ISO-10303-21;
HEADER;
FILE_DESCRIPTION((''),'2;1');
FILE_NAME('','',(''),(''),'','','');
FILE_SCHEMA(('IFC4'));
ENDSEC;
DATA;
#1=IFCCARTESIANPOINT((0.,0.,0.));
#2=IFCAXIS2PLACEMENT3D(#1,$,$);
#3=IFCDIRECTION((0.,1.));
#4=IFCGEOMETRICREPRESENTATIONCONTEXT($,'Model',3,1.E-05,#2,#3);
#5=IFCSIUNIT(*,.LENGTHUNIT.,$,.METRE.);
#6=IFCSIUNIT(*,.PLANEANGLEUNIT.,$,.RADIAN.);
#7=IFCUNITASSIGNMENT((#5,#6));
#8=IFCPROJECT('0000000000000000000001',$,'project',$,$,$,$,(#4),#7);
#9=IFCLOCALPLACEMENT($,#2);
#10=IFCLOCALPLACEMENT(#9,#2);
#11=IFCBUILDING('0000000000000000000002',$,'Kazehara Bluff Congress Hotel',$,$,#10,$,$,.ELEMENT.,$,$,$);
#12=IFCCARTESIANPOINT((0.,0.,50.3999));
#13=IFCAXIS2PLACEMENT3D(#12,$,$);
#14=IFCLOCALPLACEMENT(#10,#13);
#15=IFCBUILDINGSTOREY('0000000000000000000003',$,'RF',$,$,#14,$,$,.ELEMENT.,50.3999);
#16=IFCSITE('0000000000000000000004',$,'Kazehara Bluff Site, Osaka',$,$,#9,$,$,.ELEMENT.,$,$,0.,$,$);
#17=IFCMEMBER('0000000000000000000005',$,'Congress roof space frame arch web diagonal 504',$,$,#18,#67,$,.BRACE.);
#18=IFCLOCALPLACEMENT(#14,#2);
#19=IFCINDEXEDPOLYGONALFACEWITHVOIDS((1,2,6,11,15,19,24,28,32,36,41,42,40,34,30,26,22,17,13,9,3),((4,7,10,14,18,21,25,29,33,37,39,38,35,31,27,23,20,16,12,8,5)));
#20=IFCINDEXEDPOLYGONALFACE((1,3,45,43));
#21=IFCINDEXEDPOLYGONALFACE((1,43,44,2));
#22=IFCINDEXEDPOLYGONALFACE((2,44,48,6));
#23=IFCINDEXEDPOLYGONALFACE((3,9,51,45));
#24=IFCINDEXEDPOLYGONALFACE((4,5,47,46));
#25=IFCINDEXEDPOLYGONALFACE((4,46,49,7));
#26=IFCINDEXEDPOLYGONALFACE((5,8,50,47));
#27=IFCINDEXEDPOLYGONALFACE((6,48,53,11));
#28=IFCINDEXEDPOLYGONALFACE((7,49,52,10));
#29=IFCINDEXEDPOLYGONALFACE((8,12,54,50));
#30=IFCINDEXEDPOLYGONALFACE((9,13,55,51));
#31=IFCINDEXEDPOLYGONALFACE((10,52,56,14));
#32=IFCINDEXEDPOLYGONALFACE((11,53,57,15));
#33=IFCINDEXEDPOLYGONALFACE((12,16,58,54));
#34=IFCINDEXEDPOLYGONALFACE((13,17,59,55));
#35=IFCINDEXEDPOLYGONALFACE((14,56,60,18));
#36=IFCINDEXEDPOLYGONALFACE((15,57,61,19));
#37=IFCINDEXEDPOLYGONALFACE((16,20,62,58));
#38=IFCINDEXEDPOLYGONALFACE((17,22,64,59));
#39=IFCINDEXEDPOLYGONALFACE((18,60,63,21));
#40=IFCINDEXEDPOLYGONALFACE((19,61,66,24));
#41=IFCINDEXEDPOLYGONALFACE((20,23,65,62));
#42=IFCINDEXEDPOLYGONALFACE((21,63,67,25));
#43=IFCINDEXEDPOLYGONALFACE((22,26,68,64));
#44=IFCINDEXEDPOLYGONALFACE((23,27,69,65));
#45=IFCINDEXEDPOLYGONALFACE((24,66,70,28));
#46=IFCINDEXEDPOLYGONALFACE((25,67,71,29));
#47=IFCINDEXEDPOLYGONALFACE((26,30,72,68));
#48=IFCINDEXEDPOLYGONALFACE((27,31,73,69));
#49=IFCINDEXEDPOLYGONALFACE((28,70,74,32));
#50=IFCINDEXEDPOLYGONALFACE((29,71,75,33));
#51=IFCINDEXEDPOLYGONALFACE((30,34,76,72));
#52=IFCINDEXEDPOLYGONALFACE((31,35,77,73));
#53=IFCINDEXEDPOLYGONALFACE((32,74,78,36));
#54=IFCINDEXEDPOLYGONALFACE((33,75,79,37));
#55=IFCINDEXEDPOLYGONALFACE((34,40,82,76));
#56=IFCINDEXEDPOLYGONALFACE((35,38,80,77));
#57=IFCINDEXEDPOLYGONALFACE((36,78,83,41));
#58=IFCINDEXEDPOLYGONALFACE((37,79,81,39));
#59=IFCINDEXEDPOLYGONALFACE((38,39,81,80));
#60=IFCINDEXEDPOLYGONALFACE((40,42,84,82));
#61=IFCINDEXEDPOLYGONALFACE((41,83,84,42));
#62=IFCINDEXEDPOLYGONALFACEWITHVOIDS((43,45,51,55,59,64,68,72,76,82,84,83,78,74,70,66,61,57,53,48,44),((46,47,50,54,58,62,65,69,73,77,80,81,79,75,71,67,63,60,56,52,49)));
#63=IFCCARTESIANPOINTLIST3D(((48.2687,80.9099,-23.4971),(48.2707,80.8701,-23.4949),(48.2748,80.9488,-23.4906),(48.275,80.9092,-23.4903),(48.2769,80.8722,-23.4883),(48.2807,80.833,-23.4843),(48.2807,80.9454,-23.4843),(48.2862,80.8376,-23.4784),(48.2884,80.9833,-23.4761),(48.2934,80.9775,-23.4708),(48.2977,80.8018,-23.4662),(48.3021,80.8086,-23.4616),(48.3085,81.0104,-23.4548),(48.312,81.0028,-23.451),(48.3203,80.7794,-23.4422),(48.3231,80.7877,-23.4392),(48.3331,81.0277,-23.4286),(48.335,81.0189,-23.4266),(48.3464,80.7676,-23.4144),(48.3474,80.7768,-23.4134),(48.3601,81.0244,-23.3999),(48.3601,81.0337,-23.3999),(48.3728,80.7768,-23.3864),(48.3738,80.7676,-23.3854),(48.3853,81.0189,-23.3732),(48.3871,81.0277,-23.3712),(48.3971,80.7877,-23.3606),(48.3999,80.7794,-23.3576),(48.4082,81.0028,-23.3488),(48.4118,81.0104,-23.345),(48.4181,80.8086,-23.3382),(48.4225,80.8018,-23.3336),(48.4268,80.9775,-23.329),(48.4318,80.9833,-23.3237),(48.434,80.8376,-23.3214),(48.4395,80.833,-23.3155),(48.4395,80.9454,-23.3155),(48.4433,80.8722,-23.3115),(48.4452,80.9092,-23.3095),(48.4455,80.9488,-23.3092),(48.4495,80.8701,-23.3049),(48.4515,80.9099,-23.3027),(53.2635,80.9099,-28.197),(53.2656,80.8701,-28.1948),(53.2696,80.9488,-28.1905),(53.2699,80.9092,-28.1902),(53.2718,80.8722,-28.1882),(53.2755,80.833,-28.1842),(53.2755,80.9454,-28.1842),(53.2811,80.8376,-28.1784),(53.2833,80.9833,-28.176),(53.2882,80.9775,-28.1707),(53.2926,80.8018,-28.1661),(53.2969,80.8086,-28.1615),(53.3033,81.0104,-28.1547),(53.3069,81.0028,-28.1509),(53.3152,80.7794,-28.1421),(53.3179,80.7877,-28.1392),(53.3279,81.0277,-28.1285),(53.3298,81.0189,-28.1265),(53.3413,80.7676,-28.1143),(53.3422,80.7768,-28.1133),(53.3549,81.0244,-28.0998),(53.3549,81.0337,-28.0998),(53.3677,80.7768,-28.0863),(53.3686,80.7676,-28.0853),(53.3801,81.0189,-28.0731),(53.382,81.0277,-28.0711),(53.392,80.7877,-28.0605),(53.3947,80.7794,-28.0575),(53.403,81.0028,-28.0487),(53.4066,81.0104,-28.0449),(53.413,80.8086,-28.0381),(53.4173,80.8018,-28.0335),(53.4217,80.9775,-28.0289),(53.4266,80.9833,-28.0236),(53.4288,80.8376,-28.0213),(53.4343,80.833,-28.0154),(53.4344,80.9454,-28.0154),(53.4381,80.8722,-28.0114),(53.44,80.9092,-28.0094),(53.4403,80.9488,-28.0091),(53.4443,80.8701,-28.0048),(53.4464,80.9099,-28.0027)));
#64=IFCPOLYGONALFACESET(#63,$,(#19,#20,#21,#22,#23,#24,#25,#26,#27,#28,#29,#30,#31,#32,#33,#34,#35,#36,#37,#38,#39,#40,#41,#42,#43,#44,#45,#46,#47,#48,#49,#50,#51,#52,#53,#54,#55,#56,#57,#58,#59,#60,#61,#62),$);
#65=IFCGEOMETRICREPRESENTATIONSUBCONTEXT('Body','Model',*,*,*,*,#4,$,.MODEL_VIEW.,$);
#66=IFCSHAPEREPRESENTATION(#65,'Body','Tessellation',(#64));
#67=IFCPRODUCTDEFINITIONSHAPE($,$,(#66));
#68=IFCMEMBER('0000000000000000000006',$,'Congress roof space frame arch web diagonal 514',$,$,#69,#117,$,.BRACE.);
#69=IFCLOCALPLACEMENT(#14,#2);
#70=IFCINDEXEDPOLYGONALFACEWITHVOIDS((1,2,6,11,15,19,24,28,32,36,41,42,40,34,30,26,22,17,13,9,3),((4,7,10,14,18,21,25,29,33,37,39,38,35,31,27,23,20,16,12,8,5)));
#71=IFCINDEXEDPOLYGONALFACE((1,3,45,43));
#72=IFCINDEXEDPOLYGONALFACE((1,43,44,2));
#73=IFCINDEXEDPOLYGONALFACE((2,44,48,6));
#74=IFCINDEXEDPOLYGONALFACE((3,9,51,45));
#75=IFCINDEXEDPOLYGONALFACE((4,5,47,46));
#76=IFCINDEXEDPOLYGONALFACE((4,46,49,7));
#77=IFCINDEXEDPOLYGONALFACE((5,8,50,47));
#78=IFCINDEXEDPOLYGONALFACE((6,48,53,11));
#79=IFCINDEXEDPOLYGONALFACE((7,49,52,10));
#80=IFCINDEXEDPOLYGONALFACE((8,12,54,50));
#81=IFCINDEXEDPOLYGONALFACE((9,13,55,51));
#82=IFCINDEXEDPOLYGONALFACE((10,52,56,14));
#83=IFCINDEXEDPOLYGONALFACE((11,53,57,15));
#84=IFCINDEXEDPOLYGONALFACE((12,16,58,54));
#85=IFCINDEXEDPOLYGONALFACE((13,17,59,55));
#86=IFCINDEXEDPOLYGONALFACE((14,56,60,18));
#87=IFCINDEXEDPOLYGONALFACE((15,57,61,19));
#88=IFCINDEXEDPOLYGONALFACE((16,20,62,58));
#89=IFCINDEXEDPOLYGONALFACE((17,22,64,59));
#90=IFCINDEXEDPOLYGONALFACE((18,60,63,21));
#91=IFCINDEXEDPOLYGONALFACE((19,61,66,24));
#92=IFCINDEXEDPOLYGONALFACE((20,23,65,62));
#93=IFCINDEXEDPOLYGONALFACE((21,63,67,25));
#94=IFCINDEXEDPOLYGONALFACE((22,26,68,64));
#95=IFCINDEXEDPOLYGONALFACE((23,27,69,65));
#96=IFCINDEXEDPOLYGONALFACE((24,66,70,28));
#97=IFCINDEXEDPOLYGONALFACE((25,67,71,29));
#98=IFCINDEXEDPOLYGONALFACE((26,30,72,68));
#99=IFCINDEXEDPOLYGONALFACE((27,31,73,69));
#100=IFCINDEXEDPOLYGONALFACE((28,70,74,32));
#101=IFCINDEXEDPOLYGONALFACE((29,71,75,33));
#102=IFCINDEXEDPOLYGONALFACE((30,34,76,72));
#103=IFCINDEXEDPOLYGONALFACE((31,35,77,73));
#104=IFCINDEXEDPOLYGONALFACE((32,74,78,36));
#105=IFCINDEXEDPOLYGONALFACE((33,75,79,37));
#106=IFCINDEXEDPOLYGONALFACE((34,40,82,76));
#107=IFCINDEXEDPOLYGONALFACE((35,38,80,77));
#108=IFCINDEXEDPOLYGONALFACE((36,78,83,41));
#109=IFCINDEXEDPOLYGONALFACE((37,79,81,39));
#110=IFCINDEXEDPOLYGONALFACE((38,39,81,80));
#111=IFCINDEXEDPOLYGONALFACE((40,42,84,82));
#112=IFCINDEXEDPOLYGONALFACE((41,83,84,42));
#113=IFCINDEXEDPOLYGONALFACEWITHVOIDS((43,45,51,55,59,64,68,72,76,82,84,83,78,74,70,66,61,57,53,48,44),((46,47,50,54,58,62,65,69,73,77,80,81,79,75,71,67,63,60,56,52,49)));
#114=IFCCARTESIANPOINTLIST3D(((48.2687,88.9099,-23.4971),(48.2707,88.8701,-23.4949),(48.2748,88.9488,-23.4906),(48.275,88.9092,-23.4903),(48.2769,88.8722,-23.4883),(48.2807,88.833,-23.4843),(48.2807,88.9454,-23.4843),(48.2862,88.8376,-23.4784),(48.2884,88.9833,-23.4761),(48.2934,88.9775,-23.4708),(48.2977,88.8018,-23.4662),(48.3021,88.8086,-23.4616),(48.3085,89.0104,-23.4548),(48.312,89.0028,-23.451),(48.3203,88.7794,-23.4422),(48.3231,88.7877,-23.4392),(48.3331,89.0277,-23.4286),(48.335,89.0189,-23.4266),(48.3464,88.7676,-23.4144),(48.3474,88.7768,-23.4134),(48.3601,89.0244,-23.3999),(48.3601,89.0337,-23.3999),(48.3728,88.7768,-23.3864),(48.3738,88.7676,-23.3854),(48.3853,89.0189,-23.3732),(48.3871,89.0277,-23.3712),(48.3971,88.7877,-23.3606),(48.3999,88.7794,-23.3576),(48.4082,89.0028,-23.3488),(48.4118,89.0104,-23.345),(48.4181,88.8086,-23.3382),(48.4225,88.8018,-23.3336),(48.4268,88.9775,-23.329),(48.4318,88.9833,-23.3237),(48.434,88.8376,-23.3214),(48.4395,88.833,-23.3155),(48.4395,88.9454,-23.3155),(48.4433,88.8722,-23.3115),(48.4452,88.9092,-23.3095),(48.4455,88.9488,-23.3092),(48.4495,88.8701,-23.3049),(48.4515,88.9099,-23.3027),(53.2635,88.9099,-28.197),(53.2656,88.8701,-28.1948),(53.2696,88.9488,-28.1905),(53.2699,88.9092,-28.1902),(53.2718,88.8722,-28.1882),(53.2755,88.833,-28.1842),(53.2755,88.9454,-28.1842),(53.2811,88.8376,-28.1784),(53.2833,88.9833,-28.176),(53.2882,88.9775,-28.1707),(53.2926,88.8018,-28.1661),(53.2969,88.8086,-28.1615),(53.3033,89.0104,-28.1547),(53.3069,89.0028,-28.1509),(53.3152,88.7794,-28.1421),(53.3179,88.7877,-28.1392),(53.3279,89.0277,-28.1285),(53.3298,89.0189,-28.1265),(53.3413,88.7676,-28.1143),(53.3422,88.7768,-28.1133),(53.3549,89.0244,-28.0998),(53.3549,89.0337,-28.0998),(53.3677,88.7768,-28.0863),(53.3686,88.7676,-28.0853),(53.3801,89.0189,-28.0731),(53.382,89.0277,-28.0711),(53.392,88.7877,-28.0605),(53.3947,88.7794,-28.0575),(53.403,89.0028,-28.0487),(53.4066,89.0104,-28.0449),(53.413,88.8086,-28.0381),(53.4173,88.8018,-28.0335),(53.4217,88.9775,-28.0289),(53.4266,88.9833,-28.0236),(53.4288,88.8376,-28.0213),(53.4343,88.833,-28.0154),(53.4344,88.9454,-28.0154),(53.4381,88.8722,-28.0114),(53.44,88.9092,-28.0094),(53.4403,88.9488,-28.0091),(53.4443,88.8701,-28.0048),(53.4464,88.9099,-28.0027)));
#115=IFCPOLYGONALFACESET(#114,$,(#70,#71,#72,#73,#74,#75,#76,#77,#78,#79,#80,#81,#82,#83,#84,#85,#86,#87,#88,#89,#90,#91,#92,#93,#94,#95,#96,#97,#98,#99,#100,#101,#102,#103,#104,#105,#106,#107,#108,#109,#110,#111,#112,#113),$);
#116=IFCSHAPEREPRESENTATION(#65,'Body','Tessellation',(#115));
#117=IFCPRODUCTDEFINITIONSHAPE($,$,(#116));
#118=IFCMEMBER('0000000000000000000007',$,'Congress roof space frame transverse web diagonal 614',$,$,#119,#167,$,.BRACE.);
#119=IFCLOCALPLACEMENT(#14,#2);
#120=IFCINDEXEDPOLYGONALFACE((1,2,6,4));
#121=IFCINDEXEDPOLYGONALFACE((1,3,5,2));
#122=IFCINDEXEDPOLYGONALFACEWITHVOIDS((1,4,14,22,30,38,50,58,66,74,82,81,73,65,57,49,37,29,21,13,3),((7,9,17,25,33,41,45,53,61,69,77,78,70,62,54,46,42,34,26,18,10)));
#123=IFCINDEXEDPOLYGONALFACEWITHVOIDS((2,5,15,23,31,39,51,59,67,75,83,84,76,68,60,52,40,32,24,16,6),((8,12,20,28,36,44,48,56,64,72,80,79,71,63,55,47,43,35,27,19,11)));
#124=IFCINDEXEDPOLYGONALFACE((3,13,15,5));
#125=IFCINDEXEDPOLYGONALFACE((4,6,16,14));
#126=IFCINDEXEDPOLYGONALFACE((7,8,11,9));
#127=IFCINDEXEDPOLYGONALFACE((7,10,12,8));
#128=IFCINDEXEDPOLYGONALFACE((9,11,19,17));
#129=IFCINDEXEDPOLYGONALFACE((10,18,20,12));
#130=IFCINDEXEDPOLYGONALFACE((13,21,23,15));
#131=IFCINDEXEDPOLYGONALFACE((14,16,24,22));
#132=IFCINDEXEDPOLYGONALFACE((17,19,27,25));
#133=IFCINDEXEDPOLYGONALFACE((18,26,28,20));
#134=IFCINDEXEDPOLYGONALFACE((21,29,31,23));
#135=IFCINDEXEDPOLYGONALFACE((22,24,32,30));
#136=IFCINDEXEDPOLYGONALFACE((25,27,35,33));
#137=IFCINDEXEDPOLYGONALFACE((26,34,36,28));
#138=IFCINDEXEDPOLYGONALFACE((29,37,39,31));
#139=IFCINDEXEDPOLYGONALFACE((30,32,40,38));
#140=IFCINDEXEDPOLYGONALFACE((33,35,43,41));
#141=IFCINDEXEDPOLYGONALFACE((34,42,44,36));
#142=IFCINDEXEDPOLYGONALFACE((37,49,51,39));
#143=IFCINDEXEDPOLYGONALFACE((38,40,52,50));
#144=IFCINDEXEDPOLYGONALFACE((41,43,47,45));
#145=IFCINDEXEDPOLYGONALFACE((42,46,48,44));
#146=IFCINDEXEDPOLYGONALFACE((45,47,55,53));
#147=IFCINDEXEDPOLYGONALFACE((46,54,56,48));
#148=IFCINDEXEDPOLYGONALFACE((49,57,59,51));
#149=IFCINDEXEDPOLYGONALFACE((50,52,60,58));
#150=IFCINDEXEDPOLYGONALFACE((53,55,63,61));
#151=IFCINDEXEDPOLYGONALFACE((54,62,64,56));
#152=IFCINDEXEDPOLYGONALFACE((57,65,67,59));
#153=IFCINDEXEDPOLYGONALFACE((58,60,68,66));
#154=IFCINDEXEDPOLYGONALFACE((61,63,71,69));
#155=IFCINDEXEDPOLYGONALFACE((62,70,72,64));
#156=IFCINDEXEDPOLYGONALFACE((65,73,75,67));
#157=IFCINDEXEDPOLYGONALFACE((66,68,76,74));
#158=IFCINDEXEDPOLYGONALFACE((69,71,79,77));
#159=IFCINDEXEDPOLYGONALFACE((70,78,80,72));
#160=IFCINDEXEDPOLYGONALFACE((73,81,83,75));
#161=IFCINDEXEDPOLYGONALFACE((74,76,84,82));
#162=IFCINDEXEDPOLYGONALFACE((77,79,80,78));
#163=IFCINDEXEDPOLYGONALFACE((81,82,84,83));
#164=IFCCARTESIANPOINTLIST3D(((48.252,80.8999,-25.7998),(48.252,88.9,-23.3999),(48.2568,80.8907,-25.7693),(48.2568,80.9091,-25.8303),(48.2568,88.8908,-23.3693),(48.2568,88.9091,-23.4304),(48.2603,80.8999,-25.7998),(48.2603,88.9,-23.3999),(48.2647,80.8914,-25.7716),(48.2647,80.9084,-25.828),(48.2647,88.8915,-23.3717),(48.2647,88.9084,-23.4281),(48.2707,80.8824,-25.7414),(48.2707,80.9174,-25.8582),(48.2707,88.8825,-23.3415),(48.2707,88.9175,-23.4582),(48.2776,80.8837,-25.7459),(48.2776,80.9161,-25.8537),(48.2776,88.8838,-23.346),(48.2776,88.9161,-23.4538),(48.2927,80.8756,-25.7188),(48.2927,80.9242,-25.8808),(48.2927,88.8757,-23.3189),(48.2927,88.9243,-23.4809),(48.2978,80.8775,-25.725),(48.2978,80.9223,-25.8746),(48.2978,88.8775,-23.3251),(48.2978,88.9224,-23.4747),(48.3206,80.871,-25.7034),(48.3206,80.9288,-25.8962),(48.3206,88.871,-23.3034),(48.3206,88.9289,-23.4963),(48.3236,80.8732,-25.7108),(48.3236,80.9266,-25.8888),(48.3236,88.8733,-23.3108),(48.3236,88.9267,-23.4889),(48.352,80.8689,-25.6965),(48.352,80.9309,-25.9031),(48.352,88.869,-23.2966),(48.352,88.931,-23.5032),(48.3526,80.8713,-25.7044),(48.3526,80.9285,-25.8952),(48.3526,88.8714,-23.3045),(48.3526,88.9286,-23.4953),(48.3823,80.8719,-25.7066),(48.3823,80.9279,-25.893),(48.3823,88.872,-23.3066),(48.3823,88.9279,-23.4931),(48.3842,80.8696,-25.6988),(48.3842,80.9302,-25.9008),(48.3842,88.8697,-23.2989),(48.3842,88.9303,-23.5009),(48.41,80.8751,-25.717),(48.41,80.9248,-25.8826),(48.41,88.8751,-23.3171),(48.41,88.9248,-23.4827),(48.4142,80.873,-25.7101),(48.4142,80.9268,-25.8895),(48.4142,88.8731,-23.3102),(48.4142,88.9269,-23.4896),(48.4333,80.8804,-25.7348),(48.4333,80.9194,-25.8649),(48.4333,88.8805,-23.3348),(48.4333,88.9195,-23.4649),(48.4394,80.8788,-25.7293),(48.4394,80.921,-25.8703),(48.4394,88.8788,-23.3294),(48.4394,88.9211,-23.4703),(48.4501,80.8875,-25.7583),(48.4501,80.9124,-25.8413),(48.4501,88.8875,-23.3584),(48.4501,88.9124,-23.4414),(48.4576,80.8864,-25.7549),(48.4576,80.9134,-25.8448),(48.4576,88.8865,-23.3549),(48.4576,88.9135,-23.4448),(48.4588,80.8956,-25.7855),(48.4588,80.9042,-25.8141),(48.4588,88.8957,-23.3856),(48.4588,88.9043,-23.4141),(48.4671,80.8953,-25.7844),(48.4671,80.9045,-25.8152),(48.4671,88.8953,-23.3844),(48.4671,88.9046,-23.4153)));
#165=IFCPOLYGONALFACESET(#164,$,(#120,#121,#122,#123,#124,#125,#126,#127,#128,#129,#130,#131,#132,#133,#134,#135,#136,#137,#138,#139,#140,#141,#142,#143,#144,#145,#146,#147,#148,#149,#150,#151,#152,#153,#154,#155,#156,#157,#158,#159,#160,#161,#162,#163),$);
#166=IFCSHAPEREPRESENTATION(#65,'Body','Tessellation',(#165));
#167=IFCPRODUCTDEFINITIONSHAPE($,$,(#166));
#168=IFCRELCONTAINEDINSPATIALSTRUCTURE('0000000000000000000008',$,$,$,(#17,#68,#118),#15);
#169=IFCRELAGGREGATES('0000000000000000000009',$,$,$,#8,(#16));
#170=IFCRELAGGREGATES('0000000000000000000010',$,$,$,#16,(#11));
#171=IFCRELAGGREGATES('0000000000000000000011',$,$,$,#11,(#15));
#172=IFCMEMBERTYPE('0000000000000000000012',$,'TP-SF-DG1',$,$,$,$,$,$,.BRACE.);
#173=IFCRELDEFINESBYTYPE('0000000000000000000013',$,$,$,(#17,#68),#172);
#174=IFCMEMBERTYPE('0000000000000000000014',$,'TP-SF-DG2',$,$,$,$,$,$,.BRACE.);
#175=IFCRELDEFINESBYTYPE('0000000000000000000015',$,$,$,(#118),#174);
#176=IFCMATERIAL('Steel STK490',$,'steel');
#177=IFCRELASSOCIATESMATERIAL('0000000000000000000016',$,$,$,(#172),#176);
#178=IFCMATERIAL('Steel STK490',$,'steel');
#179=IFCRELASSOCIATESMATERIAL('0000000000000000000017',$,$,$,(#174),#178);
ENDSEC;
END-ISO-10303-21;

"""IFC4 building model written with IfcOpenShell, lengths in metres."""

from ifc_helpers import new_model, si_unit, direction, frame, origin, origin_2d, place, context, subcontext, project, spatial, hollow_circle, extrude, material, material_profile, profile_set, type_object, element, save


model = new_model("IFC4")

# Units and contexts
model_context = context("Model", 3, precision=1e-05, world=origin(), true_north=direction((0.0, 1.0)))
body_context = subcontext(model_context, "Body", "Model", "MODEL_VIEW")
ifc_project = project(units=[si_unit("LENGTHUNIT", "METRE"), si_unit("PLANEANGLEUNIT", "RADIAN")], contexts=[model_context])

# Site, building, storey
site_placement = place(None, origin())
site = spatial("IfcSite", under=ifc_project, at=site_placement, Name="Kazehara Bluff Site, Osaka", CompositionType="ELEMENT", RefElevation=0.0)
building_placement = place(site_placement, origin())
building = spatial("IfcBuilding", under=site, at=building_placement, Name="Kazehara Bluff Congress Hotel", CompositionType="ELEMENT")
storey_placement = place(building_placement, frame((0.0, 0.0, 50.3999)))
storey = spatial("IfcBuildingStorey", under=building, at=storey_placement, Name="RF", CompositionType="ELEMENT", Elevation=50.3999)

# Members
ifc_material_1 = material(Name="Steel STK490", Category="steel")
ifc_material_profile_1 = material_profile(ifc_material_1, hollow_circle(Radius=0.1338, WallThickness=0.0093, at=origin_2d()))
ifc_profile_set_1 = profile_set([ifc_material_profile_1], Name="Steel STK490")
member_type_1 = type_object("IfcMemberType", Name="TP-SF-DG1", PredefinedType="BRACE", material=ifc_profile_set_1)
for number, where, z_axis, x_axis, name in (
    (1, (48.3601, 80.8999, -23.3999), (0.72828, 0.0, -0.685279), (0.0, 1.0, 0.0), "Congress roof space frame arch web diagonal 504"),
    (2, (48.3601, 88.8999, -23.3999), (0.72828, 0.0, -0.685279), (0.0, 1.0, 0.0), "Congress roof space frame arch web diagonal 514"),
):
    element("IfcMember", number, at=place(storey_placement, frame(where, z_axis=z_axis, x_axis=x_axis)), inside=storey, type_object=member_type_1, Name=name, PredefinedType="BRACE", context=body_context, shape_type="SweptSolid", body=[
        extrude(hollow_circle(Radius=0.1338, WallThickness=0.0093, at=origin_2d()), origin(), (0.0, 0.0, 1.0), 6.8584),
    ])
ifc_material_2 = material(Name="Steel STK490", Category="steel")
ifc_material_profile_2 = material_profile(ifc_material_2, hollow_circle(Radius=0.1082, WallThickness=0.0083, at=origin_2d()))
ifc_profile_set_2 = profile_set([ifc_material_profile_2], Name="Steel STK490")
member_type_2 = type_object("IfcMemberType", Name="TP-SF-DG2", PredefinedType="BRACE", material=ifc_profile_set_2)
for number, where, z_axis, x_axis, name in (
    (3, (48.3601, 80.8999, -25.7998), (0.0, 0.95783, 0.287337), (-1.0, 0.0, 0.0), "Congress roof space frame transverse web diagonal 614"),
):
    element("IfcMember", number, at=place(storey_placement, frame(where, z_axis=z_axis, x_axis=x_axis)), inside=storey, type_object=member_type_2, Name=name, PredefinedType="BRACE", context=body_context, shape_type="SweptSolid", body=[
        extrude(hollow_circle(Radius=0.1082, WallThickness=0.0083, at=origin_2d()), origin(), (0.0, 0.0, 1.0), 8.3523),
    ])

save(model, "model.ifc")
